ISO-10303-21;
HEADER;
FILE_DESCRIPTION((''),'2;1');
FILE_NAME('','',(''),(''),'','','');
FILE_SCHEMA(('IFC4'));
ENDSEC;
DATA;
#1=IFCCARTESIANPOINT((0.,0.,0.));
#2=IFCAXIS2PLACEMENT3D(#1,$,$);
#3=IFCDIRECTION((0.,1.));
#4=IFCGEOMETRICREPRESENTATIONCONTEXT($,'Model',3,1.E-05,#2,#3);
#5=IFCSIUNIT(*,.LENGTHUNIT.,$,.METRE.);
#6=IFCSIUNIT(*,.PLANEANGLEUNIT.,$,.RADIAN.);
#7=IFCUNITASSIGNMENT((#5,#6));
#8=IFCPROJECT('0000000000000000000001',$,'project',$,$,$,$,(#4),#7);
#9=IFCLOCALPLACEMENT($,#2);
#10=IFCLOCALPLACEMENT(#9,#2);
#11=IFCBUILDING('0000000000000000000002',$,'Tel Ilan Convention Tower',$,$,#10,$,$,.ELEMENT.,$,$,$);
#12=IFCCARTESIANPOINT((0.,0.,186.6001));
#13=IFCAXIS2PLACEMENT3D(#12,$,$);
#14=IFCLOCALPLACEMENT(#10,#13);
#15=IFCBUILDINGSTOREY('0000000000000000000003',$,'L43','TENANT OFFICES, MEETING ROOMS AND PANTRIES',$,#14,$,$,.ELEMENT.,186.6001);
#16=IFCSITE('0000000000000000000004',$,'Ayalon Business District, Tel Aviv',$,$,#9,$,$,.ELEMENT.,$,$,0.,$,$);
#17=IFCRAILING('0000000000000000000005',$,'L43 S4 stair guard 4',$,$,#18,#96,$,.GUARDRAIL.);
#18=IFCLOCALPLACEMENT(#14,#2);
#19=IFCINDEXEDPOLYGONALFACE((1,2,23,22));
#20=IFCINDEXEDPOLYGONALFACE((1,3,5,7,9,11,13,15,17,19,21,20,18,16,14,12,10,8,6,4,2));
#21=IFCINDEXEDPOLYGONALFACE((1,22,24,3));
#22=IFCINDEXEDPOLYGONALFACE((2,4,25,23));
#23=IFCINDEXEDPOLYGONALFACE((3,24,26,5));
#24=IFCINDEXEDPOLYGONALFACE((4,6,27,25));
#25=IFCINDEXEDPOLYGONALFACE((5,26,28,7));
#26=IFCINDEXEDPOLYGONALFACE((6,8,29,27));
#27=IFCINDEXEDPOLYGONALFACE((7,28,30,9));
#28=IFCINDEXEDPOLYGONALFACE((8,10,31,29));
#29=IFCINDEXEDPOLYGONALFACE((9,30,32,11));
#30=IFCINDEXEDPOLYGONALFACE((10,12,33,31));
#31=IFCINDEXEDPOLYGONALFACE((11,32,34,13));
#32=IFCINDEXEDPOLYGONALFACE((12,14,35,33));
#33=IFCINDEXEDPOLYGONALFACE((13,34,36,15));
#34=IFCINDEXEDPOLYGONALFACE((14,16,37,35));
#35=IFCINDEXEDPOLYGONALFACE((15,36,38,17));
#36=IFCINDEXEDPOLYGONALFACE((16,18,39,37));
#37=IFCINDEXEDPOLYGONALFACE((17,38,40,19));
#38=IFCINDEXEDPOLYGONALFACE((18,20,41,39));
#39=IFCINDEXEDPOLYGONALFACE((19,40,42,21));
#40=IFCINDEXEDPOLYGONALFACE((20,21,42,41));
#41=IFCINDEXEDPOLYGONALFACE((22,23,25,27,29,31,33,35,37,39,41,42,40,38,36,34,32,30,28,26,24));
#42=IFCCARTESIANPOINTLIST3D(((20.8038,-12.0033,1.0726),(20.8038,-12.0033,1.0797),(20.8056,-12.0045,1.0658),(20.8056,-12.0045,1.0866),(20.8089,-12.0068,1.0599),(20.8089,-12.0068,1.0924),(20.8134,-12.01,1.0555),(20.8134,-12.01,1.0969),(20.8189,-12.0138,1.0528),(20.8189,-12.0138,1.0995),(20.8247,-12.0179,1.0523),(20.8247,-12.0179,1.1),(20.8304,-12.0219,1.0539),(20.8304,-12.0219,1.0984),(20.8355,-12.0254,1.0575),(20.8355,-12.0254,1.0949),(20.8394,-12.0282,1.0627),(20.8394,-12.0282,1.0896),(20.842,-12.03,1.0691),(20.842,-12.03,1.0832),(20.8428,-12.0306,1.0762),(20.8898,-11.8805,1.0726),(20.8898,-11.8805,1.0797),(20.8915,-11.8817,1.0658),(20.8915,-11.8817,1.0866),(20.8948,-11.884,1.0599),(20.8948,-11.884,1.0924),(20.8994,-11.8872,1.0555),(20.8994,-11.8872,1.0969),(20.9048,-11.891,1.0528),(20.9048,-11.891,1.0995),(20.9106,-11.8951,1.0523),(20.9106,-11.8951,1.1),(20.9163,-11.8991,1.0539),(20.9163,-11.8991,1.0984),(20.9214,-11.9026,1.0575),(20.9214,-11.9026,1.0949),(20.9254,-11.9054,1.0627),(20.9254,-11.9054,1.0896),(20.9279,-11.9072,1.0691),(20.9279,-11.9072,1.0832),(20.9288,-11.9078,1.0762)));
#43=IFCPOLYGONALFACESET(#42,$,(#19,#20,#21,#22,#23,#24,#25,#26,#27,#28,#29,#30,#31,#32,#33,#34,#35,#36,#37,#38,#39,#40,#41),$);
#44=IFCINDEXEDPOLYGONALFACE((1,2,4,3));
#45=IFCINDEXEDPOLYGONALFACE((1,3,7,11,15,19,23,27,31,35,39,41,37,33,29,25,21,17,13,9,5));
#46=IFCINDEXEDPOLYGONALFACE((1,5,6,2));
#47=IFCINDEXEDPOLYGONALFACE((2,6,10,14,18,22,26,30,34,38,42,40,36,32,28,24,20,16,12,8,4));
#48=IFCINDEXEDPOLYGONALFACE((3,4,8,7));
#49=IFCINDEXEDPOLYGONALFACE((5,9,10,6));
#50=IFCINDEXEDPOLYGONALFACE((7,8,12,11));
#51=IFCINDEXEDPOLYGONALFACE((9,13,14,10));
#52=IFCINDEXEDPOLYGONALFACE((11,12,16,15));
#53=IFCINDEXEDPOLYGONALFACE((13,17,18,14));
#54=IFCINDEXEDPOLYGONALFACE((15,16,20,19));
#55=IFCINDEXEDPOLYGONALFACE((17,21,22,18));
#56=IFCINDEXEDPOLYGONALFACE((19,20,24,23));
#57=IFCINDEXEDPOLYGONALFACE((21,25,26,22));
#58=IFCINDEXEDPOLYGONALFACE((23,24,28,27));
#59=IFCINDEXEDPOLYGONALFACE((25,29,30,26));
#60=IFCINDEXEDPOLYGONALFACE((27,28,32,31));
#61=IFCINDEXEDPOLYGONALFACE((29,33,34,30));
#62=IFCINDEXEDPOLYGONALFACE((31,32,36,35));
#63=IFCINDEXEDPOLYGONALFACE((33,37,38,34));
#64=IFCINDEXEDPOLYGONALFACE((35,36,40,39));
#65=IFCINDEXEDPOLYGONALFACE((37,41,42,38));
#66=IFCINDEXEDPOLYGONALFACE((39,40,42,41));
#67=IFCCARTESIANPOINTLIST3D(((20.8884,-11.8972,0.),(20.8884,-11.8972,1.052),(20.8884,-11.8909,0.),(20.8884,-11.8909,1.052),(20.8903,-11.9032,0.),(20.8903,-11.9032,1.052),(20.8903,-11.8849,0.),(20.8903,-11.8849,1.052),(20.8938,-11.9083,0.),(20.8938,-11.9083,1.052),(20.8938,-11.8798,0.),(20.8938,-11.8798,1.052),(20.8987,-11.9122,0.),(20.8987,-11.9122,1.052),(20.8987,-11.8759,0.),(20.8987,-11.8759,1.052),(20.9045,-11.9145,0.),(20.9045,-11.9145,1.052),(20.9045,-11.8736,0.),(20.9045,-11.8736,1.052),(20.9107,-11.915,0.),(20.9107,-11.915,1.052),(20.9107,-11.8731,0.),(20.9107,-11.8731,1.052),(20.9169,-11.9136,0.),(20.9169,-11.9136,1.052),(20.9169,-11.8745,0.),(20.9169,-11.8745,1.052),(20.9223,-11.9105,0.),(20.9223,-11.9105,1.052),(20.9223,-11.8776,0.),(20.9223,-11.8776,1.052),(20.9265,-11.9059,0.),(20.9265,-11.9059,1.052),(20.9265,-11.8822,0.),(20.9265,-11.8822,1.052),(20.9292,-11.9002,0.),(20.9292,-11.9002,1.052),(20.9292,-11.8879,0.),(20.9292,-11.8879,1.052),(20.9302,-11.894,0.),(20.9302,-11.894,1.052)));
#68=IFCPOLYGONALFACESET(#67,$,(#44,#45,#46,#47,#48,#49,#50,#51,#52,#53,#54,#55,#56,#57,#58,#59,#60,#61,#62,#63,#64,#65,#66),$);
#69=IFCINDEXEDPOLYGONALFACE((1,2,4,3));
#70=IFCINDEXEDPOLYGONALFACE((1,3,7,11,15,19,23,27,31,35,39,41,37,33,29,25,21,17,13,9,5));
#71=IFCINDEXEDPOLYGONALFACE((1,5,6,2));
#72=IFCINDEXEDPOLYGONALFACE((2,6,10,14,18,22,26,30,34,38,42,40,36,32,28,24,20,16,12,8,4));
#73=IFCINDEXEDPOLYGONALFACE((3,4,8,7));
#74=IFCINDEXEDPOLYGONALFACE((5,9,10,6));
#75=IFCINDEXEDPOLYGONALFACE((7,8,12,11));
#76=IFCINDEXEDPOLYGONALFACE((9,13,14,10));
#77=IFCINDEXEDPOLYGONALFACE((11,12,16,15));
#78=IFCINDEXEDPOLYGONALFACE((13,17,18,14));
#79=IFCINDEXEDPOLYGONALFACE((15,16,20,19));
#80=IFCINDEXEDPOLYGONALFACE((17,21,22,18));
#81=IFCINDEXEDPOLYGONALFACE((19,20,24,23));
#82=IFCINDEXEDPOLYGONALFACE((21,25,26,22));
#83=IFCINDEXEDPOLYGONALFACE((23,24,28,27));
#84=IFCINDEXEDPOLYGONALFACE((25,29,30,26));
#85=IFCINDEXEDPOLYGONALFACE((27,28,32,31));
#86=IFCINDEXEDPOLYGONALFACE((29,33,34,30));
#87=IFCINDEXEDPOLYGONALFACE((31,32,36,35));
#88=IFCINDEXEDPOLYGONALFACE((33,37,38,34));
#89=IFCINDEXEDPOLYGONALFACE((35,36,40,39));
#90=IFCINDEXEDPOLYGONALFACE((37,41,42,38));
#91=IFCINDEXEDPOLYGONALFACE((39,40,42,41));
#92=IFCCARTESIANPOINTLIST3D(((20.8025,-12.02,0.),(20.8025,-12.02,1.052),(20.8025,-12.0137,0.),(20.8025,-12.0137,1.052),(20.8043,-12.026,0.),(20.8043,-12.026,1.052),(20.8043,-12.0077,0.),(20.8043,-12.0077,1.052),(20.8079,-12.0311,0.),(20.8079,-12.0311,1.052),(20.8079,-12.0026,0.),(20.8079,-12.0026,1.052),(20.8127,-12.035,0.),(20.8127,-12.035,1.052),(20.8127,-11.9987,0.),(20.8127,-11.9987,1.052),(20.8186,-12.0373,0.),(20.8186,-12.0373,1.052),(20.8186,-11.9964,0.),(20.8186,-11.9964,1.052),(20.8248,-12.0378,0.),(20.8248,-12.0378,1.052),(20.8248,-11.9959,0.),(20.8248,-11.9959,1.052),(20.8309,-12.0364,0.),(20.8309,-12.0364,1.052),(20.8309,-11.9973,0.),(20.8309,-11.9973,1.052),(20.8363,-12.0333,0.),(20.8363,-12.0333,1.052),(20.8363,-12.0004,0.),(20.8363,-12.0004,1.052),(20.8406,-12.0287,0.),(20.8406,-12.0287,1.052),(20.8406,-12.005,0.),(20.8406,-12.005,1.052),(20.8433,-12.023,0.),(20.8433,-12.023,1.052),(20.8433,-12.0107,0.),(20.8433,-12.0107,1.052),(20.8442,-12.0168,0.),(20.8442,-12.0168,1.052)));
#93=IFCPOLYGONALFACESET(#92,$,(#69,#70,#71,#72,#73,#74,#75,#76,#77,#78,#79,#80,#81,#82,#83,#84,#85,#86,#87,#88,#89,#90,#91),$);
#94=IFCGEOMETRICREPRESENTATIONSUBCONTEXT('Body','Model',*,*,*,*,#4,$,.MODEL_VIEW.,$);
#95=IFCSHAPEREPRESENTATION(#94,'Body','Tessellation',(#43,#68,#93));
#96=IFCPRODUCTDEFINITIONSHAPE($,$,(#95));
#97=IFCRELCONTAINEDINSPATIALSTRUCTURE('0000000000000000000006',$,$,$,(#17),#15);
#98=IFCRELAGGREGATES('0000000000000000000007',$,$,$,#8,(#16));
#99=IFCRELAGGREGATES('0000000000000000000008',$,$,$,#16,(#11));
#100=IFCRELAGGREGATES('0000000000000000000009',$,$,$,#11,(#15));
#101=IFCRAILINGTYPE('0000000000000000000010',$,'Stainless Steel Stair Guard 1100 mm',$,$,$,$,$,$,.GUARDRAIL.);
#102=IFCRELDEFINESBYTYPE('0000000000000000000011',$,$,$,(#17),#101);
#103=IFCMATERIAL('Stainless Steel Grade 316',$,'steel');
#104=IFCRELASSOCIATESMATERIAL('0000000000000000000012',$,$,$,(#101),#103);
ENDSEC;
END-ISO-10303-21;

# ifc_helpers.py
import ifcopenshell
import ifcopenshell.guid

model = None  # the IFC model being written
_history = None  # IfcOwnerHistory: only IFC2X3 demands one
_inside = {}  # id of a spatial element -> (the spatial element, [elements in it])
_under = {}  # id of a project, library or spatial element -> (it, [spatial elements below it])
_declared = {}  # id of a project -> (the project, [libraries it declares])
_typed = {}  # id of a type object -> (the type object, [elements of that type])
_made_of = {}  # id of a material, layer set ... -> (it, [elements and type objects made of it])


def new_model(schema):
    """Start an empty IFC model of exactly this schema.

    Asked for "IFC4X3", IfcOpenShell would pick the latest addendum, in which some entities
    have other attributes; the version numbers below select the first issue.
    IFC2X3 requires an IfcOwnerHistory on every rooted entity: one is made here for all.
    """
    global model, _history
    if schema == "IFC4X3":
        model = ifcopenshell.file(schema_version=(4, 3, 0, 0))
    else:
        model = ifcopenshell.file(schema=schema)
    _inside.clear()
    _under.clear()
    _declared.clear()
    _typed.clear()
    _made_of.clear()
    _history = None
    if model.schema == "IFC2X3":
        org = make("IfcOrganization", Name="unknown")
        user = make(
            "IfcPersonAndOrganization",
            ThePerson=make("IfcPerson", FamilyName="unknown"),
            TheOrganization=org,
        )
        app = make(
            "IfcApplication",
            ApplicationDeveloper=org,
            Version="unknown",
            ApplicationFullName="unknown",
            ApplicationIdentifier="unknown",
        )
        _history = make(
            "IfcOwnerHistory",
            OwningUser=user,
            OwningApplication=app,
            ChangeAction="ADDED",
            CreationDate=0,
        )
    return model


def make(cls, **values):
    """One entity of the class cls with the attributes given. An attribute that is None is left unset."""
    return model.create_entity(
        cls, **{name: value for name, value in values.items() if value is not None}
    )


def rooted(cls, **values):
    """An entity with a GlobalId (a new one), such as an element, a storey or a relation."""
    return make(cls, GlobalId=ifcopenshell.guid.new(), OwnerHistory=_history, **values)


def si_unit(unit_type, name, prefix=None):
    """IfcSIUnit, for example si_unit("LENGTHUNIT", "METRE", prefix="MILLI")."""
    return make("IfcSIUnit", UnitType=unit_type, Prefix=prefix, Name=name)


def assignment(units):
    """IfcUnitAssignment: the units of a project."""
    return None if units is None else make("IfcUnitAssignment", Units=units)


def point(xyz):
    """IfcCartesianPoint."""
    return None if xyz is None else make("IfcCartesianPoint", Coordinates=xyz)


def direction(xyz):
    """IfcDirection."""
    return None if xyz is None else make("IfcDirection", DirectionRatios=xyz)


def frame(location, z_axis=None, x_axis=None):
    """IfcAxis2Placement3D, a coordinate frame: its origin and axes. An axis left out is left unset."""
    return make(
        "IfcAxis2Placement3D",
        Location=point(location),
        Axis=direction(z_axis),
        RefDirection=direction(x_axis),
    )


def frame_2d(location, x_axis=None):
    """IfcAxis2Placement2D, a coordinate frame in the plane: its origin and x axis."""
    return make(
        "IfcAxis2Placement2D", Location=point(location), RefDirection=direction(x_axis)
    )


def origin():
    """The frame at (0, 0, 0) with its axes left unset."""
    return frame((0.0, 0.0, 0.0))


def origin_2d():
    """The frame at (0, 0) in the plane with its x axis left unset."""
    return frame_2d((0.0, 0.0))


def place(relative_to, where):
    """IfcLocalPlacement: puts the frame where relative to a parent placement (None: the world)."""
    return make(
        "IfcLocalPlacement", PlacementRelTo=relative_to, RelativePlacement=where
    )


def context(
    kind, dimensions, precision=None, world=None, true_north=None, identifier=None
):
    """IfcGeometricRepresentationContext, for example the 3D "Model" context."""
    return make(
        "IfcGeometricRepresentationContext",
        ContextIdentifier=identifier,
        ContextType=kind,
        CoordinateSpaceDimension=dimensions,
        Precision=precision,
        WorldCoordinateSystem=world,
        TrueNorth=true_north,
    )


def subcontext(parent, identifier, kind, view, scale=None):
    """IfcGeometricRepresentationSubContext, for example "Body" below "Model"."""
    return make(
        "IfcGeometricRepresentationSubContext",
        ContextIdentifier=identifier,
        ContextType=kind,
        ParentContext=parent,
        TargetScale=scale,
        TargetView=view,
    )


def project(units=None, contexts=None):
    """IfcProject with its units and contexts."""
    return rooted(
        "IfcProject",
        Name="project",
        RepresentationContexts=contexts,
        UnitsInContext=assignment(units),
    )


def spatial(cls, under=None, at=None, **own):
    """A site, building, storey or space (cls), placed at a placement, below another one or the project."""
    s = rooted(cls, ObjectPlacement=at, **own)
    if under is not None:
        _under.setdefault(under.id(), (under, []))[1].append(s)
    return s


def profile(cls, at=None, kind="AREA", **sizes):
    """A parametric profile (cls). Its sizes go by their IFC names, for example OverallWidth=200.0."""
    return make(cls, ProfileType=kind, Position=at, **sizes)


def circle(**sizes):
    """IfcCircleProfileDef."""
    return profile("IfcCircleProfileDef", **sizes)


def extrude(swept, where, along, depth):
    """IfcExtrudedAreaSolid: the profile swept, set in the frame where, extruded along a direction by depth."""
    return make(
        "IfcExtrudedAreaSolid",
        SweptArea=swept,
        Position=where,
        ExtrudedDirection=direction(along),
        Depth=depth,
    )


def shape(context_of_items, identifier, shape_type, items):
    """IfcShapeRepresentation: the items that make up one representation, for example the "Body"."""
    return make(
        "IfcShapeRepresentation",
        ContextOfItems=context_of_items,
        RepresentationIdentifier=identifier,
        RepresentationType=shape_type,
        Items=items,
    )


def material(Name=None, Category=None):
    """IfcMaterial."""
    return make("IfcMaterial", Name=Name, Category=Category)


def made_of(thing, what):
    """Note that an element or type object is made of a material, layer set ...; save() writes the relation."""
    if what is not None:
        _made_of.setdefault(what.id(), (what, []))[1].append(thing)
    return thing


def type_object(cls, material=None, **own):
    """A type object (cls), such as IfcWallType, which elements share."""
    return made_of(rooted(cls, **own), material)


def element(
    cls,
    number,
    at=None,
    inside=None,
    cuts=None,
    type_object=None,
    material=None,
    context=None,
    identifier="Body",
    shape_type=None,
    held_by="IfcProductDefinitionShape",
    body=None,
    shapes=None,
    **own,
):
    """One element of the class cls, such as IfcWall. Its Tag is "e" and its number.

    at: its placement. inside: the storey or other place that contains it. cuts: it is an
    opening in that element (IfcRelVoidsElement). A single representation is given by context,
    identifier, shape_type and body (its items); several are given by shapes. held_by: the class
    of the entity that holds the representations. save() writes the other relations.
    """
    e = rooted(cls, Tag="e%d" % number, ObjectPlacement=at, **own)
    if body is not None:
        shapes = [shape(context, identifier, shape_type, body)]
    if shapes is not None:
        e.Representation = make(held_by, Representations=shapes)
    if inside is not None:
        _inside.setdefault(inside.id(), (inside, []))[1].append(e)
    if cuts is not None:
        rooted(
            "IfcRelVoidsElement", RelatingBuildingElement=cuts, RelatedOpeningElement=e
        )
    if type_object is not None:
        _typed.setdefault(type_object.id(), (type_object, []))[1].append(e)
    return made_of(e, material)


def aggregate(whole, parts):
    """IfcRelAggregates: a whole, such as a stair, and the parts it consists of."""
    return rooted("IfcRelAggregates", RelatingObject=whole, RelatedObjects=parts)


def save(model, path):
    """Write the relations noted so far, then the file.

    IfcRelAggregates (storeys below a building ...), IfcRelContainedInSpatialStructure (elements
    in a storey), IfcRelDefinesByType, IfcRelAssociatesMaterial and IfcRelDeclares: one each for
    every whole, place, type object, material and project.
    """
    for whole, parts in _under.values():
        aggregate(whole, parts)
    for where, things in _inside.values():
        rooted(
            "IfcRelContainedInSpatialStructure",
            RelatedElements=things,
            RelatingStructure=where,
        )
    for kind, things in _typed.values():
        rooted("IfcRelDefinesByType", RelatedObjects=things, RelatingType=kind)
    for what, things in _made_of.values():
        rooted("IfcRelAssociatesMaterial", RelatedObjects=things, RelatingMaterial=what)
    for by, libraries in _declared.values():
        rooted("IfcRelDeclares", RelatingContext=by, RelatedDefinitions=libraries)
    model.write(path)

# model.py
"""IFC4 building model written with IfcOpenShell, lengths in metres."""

from ifc_helpers import new_model, si_unit, direction, frame, origin, origin_2d, place, context, subcontext, project, spatial, circle, extrude, material, type_object, element, save


model = new_model("IFC4")

# Units and contexts
model_context = context("Model", 3, precision=1e-05, world=origin(), true_north=direction((0.0, 1.0)))
body_context = subcontext(model_context, "Body", "Model", "MODEL_VIEW")
ifc_project = project(units=[si_unit("LENGTHUNIT", "METRE"), si_unit("PLANEANGLEUNIT", "RADIAN")], contexts=[model_context])

# Site, building, storey
site_placement = place(None, origin())
site = spatial("IfcSite", under=ifc_project, at=site_placement, Name="Ayalon Business District, Tel Aviv", CompositionType="ELEMENT", RefElevation=0.0)
building_placement = place(site_placement, origin())
building = spatial("IfcBuilding", under=site, at=building_placement, Name="Tel Ilan Convention Tower", CompositionType="ELEMENT")
storey_placement = place(building_placement, frame((0.0, 0.0, 186.6001)))
storey = spatial("IfcBuildingStorey", under=building, at=storey_placement, Name="L43", Description="TENANT OFFICES, MEETING ROOMS AND PANTRIES", CompositionType="ELEMENT", Elevation=186.6001)

# Railing
ifc_material_1 = material(Name="Stainless Steel Grade 316", Category="steel")
railing_type_1 = type_object("IfcRailingType", Name="Stainless Steel Stair Guard 1100 mm", PredefinedType="GUARDRAIL", material=ifc_material_1)
railing_1_placement = place(storey_placement, frame((20.9092, -11.894, 0.0)))
element("IfcRailing", 1, at=railing_1_placement, inside=storey, type_object=railing_type_1, Name="L43 S4 stair guard 4", PredefinedType="GUARDRAIL", context=body_context, shape_type="SweptSolid", body=[
    extrude(circle(Radius=0.0239, at=origin_2d()), frame((0.0, 0.0, 1.0762), z_axis=(-0.573353, -0.819308, 0.0), x_axis=(0.819308, -0.573353, 0.0)), (0.0, 0.0, 1.0), 0.1499),
    extrude(circle(Radius=0.021, at=origin_2d()), origin(), (0.0, 0.0, 1.0), 1.052),
    extrude(circle(Radius=0.021, at=origin_2d()), frame((-0.0859, -0.1228, 0.0)), (0.0, 0.0, 1.0), 1.052),
])

save(model, "model.ifc")
